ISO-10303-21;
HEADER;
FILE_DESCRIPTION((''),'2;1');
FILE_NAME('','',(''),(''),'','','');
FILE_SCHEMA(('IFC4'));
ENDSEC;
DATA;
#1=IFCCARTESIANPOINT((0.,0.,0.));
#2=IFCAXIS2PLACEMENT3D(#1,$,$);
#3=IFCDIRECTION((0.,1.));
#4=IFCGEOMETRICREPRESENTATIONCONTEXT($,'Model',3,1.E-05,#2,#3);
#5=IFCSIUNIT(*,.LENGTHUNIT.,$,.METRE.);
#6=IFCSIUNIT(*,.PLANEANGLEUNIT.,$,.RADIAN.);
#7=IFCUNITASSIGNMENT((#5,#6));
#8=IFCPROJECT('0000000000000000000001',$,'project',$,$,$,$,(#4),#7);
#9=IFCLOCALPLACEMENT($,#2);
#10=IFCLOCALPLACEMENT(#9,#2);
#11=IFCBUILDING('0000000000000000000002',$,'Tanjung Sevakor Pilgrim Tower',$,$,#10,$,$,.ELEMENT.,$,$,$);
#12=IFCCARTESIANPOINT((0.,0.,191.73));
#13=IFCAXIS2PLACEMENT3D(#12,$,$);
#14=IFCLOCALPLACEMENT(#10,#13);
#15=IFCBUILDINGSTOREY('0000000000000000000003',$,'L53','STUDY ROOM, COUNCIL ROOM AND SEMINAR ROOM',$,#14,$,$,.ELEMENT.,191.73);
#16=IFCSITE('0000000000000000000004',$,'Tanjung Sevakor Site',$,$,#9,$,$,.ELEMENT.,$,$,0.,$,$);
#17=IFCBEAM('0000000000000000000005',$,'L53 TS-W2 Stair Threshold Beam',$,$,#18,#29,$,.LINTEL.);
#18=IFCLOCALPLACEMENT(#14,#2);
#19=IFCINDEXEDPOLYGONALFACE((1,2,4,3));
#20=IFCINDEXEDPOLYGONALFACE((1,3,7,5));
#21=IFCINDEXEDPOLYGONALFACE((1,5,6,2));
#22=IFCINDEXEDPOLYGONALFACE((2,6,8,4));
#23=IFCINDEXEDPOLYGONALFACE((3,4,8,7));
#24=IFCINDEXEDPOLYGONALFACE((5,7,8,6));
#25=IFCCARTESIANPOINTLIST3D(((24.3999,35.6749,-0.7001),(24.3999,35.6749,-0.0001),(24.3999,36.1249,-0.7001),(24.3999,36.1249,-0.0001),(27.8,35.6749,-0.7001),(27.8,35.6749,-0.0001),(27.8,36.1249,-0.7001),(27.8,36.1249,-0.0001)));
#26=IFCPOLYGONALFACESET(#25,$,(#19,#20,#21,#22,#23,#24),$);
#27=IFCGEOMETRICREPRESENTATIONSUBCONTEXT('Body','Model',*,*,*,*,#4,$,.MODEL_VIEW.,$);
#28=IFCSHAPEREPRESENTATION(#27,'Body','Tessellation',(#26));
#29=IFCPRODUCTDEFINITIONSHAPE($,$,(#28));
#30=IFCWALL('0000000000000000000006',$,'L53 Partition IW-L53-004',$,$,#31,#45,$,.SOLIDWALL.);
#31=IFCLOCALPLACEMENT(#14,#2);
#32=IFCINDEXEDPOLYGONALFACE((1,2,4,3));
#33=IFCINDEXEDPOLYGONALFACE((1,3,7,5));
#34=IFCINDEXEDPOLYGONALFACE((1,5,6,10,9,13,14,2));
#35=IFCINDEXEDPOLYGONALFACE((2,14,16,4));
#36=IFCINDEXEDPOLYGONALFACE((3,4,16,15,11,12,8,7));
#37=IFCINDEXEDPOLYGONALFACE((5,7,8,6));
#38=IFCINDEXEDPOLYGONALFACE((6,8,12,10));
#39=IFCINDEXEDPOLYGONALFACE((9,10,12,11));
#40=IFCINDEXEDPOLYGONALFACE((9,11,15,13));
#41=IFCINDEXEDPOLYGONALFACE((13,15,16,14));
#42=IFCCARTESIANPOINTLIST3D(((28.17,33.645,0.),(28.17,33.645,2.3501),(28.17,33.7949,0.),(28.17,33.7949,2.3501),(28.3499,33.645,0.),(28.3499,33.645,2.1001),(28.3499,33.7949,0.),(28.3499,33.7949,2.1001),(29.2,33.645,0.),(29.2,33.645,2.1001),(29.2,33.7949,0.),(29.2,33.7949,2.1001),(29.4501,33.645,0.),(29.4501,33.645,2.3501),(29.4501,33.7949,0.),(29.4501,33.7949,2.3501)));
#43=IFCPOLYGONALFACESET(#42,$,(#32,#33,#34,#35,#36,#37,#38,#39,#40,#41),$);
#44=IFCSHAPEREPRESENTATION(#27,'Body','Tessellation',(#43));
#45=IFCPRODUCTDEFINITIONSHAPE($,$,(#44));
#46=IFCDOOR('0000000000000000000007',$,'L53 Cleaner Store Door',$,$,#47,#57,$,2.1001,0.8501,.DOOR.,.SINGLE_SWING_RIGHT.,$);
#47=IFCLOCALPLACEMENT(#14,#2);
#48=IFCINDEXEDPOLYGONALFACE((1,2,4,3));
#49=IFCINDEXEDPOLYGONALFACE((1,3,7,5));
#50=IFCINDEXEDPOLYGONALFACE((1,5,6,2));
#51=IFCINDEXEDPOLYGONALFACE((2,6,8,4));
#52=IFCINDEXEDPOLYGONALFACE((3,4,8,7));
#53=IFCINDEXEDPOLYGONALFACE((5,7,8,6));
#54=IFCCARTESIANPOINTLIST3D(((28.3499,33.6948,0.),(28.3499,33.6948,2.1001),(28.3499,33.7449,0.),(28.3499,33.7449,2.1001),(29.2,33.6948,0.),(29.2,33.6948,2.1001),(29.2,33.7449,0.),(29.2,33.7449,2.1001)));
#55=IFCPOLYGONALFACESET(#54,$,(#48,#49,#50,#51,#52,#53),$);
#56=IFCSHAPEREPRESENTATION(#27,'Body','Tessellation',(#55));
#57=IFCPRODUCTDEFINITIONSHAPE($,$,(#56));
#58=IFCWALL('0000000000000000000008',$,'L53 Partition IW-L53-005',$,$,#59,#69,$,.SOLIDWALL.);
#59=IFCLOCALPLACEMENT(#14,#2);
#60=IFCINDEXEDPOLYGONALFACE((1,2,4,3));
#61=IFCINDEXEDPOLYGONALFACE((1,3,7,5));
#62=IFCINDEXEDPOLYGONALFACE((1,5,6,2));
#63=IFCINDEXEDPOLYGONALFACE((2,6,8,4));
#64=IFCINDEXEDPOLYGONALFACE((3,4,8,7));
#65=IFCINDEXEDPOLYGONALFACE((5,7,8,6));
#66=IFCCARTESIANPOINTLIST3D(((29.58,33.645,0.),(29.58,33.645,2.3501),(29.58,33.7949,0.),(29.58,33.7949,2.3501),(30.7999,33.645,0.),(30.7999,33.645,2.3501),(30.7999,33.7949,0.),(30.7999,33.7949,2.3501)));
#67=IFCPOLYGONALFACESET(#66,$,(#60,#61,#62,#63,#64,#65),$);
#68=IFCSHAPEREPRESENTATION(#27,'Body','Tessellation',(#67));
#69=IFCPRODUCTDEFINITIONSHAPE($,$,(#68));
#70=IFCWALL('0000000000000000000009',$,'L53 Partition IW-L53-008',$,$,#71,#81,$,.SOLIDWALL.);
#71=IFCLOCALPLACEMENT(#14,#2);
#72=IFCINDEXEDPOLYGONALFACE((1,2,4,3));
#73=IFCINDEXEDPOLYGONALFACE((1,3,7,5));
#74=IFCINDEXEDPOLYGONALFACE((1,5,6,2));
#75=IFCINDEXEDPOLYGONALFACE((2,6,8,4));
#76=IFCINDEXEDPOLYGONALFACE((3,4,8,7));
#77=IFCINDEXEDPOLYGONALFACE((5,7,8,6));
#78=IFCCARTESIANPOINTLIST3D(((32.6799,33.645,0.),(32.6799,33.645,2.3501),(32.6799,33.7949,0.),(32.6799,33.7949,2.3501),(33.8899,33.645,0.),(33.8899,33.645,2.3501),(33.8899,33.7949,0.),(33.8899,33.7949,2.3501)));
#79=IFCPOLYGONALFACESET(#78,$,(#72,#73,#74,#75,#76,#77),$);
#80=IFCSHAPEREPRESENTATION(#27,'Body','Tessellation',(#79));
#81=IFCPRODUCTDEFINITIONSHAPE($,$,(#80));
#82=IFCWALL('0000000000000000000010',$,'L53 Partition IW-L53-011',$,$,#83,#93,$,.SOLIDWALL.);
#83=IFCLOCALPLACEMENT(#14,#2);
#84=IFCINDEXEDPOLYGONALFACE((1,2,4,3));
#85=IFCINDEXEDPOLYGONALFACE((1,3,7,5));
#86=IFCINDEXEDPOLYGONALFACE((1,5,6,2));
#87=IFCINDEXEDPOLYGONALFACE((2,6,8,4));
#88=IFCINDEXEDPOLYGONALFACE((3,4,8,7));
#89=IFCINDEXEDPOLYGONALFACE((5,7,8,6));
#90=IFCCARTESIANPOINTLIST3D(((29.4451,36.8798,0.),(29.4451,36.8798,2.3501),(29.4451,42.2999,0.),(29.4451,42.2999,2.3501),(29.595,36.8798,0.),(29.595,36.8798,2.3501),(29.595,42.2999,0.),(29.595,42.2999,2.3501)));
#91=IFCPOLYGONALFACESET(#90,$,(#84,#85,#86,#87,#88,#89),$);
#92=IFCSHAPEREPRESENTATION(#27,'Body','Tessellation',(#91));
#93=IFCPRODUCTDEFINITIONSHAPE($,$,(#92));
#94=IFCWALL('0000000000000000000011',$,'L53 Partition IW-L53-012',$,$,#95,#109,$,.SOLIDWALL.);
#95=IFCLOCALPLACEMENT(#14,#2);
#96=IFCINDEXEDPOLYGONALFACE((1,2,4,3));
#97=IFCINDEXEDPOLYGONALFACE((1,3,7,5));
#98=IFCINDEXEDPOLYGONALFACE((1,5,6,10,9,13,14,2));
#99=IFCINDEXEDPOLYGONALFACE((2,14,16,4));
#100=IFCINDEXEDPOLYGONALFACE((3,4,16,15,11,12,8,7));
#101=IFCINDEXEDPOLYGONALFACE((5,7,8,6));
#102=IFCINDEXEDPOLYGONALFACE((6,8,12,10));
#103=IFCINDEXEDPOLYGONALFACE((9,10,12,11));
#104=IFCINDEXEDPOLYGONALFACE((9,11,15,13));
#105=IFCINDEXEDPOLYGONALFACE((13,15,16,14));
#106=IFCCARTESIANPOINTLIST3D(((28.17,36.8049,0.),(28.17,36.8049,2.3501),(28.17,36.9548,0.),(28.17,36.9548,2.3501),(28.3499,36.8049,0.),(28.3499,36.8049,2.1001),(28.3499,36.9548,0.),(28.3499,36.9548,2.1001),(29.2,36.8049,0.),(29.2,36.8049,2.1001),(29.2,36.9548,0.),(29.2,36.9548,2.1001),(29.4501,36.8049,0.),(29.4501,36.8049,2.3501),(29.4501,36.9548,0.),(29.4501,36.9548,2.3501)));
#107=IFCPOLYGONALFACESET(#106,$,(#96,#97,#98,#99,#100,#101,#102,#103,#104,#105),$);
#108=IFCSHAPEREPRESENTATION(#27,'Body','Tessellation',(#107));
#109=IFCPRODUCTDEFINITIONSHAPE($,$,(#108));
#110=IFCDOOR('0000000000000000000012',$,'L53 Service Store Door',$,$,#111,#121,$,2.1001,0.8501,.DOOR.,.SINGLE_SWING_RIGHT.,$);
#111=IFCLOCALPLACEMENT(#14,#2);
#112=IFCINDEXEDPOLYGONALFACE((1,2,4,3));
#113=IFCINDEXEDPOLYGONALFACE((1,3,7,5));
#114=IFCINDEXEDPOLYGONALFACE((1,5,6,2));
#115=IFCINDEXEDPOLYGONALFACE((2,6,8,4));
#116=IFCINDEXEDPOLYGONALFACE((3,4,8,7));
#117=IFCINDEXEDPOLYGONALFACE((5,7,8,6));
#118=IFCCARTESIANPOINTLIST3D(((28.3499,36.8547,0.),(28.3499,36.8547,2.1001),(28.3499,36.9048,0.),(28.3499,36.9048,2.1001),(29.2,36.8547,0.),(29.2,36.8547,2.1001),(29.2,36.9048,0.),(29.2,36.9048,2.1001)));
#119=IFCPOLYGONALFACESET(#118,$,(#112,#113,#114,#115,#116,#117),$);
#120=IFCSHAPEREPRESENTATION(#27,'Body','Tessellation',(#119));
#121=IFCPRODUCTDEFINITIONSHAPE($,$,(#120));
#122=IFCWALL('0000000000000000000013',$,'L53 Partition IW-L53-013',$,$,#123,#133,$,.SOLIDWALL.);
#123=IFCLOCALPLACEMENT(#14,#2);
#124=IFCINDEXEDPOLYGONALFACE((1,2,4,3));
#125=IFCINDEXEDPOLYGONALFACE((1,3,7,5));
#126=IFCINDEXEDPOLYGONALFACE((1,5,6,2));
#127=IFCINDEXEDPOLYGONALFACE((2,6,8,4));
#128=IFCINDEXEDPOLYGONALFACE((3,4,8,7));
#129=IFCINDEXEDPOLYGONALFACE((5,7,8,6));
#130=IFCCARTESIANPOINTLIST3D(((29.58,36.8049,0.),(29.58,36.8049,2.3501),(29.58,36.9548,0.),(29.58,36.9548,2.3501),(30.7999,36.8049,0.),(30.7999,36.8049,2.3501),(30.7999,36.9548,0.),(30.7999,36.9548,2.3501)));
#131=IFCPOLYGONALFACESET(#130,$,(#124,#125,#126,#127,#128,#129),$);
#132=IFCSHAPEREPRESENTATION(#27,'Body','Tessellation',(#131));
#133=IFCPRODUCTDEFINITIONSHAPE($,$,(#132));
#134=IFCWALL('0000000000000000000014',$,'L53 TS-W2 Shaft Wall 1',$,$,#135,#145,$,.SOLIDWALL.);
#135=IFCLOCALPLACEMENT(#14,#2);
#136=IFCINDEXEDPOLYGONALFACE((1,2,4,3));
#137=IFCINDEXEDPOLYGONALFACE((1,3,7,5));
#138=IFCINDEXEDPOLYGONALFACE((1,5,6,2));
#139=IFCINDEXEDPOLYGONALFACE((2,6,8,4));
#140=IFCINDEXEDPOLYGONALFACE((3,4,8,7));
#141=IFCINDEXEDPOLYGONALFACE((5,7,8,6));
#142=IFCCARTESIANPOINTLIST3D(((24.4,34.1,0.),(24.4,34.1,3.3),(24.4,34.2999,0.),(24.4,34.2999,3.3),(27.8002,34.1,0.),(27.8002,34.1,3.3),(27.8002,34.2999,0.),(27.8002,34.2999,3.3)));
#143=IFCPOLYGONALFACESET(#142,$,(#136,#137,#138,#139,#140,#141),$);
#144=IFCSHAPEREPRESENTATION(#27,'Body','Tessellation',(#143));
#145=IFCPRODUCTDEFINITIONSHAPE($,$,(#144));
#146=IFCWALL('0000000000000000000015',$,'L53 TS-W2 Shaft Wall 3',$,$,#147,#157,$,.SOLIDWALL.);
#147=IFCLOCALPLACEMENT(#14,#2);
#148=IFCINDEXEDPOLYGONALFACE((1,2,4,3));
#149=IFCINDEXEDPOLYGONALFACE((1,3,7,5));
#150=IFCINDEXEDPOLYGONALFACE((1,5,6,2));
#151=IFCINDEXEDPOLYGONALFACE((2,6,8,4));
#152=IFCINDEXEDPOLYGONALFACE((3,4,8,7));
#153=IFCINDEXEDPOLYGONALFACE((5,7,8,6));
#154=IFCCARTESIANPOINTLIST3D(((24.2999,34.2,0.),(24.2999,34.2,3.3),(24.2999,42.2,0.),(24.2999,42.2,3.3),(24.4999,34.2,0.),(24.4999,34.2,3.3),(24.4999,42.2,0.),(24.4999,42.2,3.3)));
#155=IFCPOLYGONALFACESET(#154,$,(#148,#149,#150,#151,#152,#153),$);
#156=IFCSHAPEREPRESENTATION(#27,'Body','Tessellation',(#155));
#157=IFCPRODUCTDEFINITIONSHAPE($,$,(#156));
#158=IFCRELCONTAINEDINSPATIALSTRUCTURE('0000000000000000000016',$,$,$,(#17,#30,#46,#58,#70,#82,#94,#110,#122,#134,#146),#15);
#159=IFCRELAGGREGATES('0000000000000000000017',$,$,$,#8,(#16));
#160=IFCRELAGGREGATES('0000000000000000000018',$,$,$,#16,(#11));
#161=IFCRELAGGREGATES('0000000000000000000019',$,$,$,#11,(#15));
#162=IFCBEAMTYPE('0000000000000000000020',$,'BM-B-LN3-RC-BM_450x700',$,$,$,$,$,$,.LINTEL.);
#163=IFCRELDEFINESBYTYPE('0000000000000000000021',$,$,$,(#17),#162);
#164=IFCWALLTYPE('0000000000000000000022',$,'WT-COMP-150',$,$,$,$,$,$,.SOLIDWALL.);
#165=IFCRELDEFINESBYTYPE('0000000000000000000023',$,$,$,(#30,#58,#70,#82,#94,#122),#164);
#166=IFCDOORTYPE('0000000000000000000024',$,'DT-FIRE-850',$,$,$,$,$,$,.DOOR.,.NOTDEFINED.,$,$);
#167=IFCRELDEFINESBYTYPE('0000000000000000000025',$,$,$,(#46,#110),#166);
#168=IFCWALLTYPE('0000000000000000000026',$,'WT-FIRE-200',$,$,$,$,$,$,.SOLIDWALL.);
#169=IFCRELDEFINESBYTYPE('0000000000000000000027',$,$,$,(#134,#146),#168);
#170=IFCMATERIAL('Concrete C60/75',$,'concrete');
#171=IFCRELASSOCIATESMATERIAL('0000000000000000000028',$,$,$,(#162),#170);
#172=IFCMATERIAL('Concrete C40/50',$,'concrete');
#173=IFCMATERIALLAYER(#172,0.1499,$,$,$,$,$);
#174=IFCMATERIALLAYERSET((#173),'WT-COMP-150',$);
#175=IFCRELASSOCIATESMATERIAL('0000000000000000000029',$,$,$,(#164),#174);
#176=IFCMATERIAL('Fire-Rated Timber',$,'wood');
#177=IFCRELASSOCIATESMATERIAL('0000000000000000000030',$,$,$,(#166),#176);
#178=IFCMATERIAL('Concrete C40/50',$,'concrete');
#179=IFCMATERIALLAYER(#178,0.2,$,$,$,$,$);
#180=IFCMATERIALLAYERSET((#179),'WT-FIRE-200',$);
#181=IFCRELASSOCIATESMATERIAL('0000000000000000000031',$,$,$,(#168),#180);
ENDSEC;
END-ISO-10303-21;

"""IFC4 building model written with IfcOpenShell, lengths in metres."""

from ifc_helpers import new_model, si_unit, direction, frame, frame_2d, origin, origin_2d, place, context, subcontext, project, spatial, rectangle, extrude, material, layer, layer_set, material_profile, profile_set, type_object, element, fill, save


model = new_model("IFC4")

# Units and contexts
model_context = context("Model", 3, precision=1e-05, world=origin(), true_north=direction((0.0, 1.0)))
body_context = subcontext(model_context, "Body", "Model", "MODEL_VIEW")
ifc_project = project(units=[si_unit("LENGTHUNIT", "METRE"), si_unit("PLANEANGLEUNIT", "RADIAN")], contexts=[model_context])

# Site, building, storey
site_placement = place(None, origin())
site = spatial("IfcSite", under=ifc_project, at=site_placement, Name="Tanjung Sevakor Site", CompositionType="ELEMENT", RefElevation=0.0)
building_placement = place(site_placement, origin())
building = spatial("IfcBuilding", under=site, at=building_placement, Name="Tanjung Sevakor Pilgrim Tower", CompositionType="ELEMENT")
storey_placement = place(building_placement, frame((0.0, 0.0, 191.73)))
storey = spatial("IfcBuildingStorey", under=building, at=storey_placement, Name="L53", Description="STUDY ROOM, COUNCIL ROOM AND SEMINAR ROOM", CompositionType="ELEMENT", Elevation=191.73)

# Beam
ifc_material_1 = material(Name="Concrete C60/75", Category="concrete")
ifc_material_profile = material_profile(ifc_material_1, rectangle(XDim=0.45, YDim=0.7, at=origin_2d()))
ifc_profile_set = profile_set([ifc_material_profile], Name="Concrete C60/75")
beam_type = type_object("IfcBeamType", Name="BM-B-LN3-RC-BM_450x700", PredefinedType="LINTEL", material=ifc_profile_set)
beam_placement = place(storey_placement, frame((24.3999, 35.8999, -0.3501), z_axis=(1.0, 0.0, 0.0), x_axis=(0.0, 1.0, 0.0)))
element("IfcBeam", 1, at=beam_placement, inside=storey, type_object=beam_type, Name="L53 TS-W2 Stair Threshold Beam", PredefinedType="LINTEL", context=body_context, shape_type="SweptSolid", body=[
    extrude(rectangle(XDim=0.45, YDim=0.7, at=origin_2d()), origin(), (0.0, 0.0, 1.0), 3.4001),
])

# Wall, opening, door
ifc_material_2 = material(Name="Concrete C40/50", Category="concrete")
ifc_layer_1 = layer(ifc_material_2, 0.1499)
ifc_layer_set_1 = layer_set([ifc_layer_1], Name="WT-COMP-150")
wall_type_1 = type_object("IfcWallType", Name="WT-COMP-150", PredefinedType="SOLIDWALL", material=ifc_layer_set_1)
wall_1_placement = place(storey_placement, frame((28.1699, 33.72, 0.0), z_axis=(0.0, 0.0, 1.0), x_axis=(1.0, 0.0, 0.0)))
wall_1 = element("IfcWall", 2, at=wall_1_placement, inside=storey, type_object=wall_type_1, Name="L53 Partition IW-L53-004", PredefinedType="SOLIDWALL", context=body_context, shape_type="SweptSolid", body=[
    extrude(rectangle(XDim=1.28, YDim=0.1499, at=frame_2d((0.6401, 0.0))), origin(), (0.0, 0.0, 1.0), 2.3501),
])
opening_1_placement = place(wall_1_placement, frame((0.1799, 0.0, 0.0)))
opening_1 = element("IfcOpeningElement", 3, at=opening_1_placement, cuts=wall_1, PredefinedType="OPENING", context=body_context, shape_type="SweptSolid", body=[
    extrude(rectangle(XDim=0.8501, YDim=2.1001, at=frame_2d((0.425, 1.05))), frame((0.0, 0.085, 0.0), z_axis=(0.0, -1.0, 0.0), x_axis=(1.0, 0.0, 0.0)), (0.0, 0.0, 1.0), 0.1699),
])
ifc_material_3 = material(Name="Fire-Rated Timber", Category="wood")
door_type_1 = type_object("IfcDoorType", Name="DT-FIRE-850", OperationType="NOTDEFINED", PredefinedType="DOOR", material=ifc_material_3)
door_1_placement = place(opening_1_placement, origin())
door_1 = element("IfcDoor", 4, at=door_1_placement, inside=storey, type_object=door_type_1, Name="L53 Cleaner Store Door", OperationType="SINGLE_SWING_RIGHT", OverallHeight=2.1001, OverallWidth=0.8501, PredefinedType="DOOR", context=body_context, shape_type="SweptSolid", body=[
    extrude(rectangle(XDim=0.8501, YDim=2.1001, at=frame_2d((0.425, 1.05))), frame((0.0, 0.0249, 0.0), z_axis=(0.0, -1.0, 0.0), x_axis=(1.0, 0.0, 0.0)), (0.0, 0.0, 1.0), 0.05),
])
fill(opening_1, door_1)

# Walls
wall_2_placement = place(storey_placement, frame((29.5801, 33.72, 0.0), z_axis=(0.0, 0.0, 1.0), x_axis=(1.0, 0.0, 0.0)))
element("IfcWall", 5, at=wall_2_placement, inside=storey, type_object=wall_type_1, Name="L53 Partition IW-L53-005", PredefinedType="SOLIDWALL", context=body_context, shape_type="SweptSolid", body=[
    extrude(rectangle(XDim=1.22, YDim=0.1499, at=frame_2d((0.6099, 0.0))), origin(), (0.0, 0.0, 1.0), 2.3501),
])
wall_3_placement = place(storey_placement, frame((32.6799, 33.72, 0.0), z_axis=(0.0, 0.0, 1.0), x_axis=(1.0, 0.0, 0.0)))
element("IfcWall", 6, at=wall_3_placement, inside=storey, type_object=wall_type_1, Name="L53 Partition IW-L53-008", PredefinedType="SOLIDWALL", context=body_context, shape_type="SweptSolid", body=[
    extrude(rectangle(XDim=1.21, YDim=0.1499, at=frame_2d((0.605, 0.0))), origin(), (0.0, 0.0, 1.0), 2.3501),
])
wall_4_placement = place(storey_placement, frame((29.52, 36.8799, 0.0), z_axis=(0.0, 0.0, 1.0), x_axis=(0.0, 1.0, 0.0)))
element("IfcWall", 7, at=wall_4_placement, inside=storey, type_object=wall_type_1, Name="L53 Partition IW-L53-011", PredefinedType="SOLIDWALL", context=body_context, shape_type="SweptSolid", body=[
    extrude(rectangle(XDim=5.4202, YDim=0.1499, at=frame_2d((2.71, 0.0))), origin(), (0.0, 0.0, 1.0), 2.3501),
])

# Wall, opening, door
wall_5_placement = place(storey_placement, frame((28.1699, 36.8799, 0.0), z_axis=(0.0, 0.0, 1.0), x_axis=(1.0, 0.0, 0.0)))
wall_5 = element("IfcWall", 8, at=wall_5_placement, inside=storey, type_object=wall_type_1, Name="L53 Partition IW-L53-012", PredefinedType="SOLIDWALL", context=body_context, shape_type="SweptSolid", body=[
    extrude(rectangle(XDim=1.28, YDim=0.1499, at=frame_2d((0.6401, 0.0))), origin(), (0.0, 0.0, 1.0), 2.3501),
])
opening_2_placement = place(wall_5_placement, frame((0.1799, 0.0, 0.0)))
opening_2 = element("IfcOpeningElement", 9, at=opening_2_placement, cuts=wall_5, PredefinedType="OPENING", context=body_context, shape_type="SweptSolid", body=[
    extrude(rectangle(XDim=0.8501, YDim=2.1001, at=frame_2d((0.425, 1.05))), frame((0.0, 0.085, 0.0), z_axis=(0.0, -1.0, 0.0), x_axis=(1.0, 0.0, 0.0)), (0.0, 0.0, 1.0), 0.1699),
])
door_2_placement = place(opening_2_placement, origin())
door_2 = element("IfcDoor", 10, at=door_2_placement, inside=storey, type_object=door_type_1, Name="L53 Service Store Door", OperationType="SINGLE_SWING_RIGHT", OverallHeight=2.1001, OverallWidth=0.8501, PredefinedType="DOOR", context=body_context, shape_type="SweptSolid", body=[
    extrude(rectangle(XDim=0.8501, YDim=2.1001, at=frame_2d((0.425, 1.05))), frame((0.0, 0.0249, 0.0), z_axis=(0.0, -1.0, 0.0), x_axis=(1.0, 0.0, 0.0)), (0.0, 0.0, 1.0), 0.05),
])
fill(opening_2, door_2)

# Wall
wall_6_placement = place(storey_placement, frame((29.5801, 36.8799, 0.0), z_axis=(0.0, 0.0, 1.0), x_axis=(1.0, 0.0, 0.0)))
element("IfcWall", 11, at=wall_6_placement, inside=storey, type_object=wall_type_1, Name="L53 Partition IW-L53-013", PredefinedType="SOLIDWALL", context=body_context, shape_type="SweptSolid", body=[
    extrude(rectangle(XDim=1.22, YDim=0.1499, at=frame_2d((0.6099, 0.0))), origin(), (0.0, 0.0, 1.0), 2.3501),
])

# Walls
ifc_material_4 = material(Name="Concrete C40/50", Category="concrete")
ifc_layer_2 = layer(ifc_material_4, 0.2)
ifc_layer_set_2 = layer_set([ifc_layer_2], Name="WT-FIRE-200")
wall_type_2 = type_object("IfcWallType", Name="WT-FIRE-200", PredefinedType="SOLIDWALL", material=ifc_layer_set_2)
wall_7_placement = place(storey_placement, frame((24.3999, 34.2, 0.0), z_axis=(0.0, 0.0, 1.0), x_axis=(1.0, 0.0, 0.0)))
element("IfcWall", 12, at=wall_7_placement, inside=storey, type_object=wall_type_2, Name="L53 TS-W2 Shaft Wall 1", PredefinedType="SOLIDWALL", context=body_context, shape_type="SweptSolid", body=[
    extrude(rectangle(XDim=3.4001, YDim=0.2, at=frame_2d((1.7002, 0.0))), origin(), (0.0, 0.0, 1.0), 3.3),
])
wall_8_placement = place(storey_placement, frame((24.3999, 42.2, 0.0), z_axis=(0.0, 0.0, 1.0), x_axis=(0.0, -1.0, 0.0)))
element("IfcWall", 13, at=wall_8_placement, inside=storey, type_object=wall_type_2, Name="L53 TS-W2 Shaft Wall 3", PredefinedType="SOLIDWALL", context=body_context, shape_type="SweptSolid", body=[
    extrude(rectangle(XDim=8.0, YDim=0.2, at=frame_2d((4.0, 0.0))), origin(), (0.0, 0.0, 1.0), 3.3),
])

save(model, "model.ifc")
